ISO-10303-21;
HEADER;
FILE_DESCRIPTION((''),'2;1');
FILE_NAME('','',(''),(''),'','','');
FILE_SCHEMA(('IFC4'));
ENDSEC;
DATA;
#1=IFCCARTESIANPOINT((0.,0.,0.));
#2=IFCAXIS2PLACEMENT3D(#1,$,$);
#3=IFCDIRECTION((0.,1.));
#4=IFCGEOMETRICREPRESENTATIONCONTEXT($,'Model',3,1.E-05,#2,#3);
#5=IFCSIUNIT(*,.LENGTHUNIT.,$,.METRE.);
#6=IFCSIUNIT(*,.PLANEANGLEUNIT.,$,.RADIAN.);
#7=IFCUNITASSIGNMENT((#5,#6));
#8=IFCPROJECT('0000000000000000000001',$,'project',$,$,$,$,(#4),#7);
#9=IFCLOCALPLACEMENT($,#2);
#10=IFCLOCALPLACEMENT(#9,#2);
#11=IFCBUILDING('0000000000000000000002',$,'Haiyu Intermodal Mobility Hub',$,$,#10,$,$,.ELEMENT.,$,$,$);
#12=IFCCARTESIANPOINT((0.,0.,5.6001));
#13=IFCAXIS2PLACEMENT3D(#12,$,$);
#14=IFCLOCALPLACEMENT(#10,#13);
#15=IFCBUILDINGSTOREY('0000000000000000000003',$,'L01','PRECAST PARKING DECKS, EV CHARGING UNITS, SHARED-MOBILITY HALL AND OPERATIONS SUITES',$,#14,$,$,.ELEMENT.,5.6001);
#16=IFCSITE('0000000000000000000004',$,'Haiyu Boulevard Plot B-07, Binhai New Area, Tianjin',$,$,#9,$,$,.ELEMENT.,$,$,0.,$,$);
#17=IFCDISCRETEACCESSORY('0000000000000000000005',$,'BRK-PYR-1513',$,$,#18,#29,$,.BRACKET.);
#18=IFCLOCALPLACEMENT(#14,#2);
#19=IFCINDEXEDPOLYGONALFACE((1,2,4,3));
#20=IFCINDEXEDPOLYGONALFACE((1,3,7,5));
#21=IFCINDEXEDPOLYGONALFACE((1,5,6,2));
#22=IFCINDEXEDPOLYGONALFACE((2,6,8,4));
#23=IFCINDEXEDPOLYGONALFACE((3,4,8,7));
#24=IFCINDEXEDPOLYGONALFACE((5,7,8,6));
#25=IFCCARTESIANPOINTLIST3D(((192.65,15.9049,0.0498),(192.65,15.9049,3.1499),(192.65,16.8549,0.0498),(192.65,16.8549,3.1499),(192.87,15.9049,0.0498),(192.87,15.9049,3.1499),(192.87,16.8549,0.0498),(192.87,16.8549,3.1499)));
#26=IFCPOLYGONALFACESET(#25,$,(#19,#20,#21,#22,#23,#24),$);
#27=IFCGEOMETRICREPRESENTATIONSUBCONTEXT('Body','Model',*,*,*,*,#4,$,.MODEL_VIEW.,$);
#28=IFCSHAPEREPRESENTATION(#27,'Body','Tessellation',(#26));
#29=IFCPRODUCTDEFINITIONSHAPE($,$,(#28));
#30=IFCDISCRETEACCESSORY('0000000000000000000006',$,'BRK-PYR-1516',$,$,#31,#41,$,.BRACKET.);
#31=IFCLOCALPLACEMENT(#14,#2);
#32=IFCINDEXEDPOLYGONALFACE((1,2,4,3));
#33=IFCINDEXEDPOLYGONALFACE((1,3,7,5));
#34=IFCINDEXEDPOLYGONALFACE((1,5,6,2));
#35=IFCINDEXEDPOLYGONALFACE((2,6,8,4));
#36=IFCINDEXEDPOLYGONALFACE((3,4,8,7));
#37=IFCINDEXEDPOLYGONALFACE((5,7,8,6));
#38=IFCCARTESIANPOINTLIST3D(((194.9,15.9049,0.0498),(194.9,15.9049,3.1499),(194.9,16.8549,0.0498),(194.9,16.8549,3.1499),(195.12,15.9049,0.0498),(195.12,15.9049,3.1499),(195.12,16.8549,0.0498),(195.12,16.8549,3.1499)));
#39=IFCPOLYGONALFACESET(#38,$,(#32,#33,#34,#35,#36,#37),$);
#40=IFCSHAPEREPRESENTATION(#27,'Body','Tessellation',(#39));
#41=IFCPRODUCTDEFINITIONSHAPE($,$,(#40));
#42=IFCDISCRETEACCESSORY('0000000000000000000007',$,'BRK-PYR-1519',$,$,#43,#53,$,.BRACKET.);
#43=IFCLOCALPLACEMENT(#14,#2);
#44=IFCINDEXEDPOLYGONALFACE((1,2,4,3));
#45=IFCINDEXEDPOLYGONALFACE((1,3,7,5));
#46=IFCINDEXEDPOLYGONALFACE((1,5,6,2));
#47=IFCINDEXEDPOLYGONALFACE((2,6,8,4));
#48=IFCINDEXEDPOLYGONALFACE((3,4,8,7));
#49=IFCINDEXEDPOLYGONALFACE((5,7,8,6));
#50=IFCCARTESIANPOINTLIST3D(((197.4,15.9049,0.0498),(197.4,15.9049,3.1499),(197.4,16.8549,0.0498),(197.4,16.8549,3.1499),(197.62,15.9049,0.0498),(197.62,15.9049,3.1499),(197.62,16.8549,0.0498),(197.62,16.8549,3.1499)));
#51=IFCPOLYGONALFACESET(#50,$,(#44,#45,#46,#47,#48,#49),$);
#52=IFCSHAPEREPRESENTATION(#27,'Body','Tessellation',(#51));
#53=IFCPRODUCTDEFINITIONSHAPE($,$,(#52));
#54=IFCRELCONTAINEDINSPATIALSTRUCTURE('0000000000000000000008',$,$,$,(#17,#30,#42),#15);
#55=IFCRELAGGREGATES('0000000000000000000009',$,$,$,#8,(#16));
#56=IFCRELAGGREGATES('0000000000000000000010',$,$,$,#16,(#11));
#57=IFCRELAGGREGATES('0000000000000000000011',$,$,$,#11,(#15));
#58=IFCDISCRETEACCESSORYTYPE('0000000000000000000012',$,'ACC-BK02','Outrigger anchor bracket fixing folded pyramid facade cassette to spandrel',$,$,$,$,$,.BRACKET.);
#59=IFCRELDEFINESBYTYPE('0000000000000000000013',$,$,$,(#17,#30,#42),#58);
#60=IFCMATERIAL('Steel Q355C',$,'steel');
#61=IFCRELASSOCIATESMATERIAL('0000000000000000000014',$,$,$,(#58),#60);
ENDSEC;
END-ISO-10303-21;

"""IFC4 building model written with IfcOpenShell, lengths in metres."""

from ifc_helpers import new_model, si_unit, direction, frame, origin, origin_2d, place, context, subcontext, project, spatial, rectangle, extrude, material, type_object, element, save


model = new_model("IFC4")

# Units and contexts
model_context = context("Model", 3, precision=1e-05, world=origin(), true_north=direction((0.0, 1.0)))
body_context = subcontext(model_context, "Body", "Model", "MODEL_VIEW")
ifc_project = project(units=[si_unit("LENGTHUNIT", "METRE"), si_unit("PLANEANGLEUNIT", "RADIAN")], contexts=[model_context])

# Site, building, storey
site_placement = place(None, origin())
site = spatial("IfcSite", under=ifc_project, at=site_placement, Name="Haiyu Boulevard Plot B-07, Binhai New Area, Tianjin", CompositionType="ELEMENT", RefElevation=0.0)
building_placement = place(site_placement, origin())
building = spatial("IfcBuilding", under=site, at=building_placement, Name="Haiyu Intermodal Mobility Hub", CompositionType="ELEMENT")
storey_placement = place(building_placement, frame((0.0, 0.0, 5.6001)))
storey = spatial("IfcBuildingStorey", under=building, at=storey_placement, Name="L01", Description="PRECAST PARKING DECKS, EV CHARGING UNITS, SHARED-MOBILITY HALL AND OPERATIONS SUITES", CompositionType="ELEMENT", Elevation=5.6001)

# Shared definitions
ifc_material_1 = material(Name="Steel Q355C", Category="steel")

# Discrete accessories
discrete_accessory_type = type_object("IfcDiscreteAccessoryType", Name="ACC-BK02", Description="Outrigger anchor bracket fixing folded pyramid facade cassette to spandrel", PredefinedType="BRACKET", material=ifc_material_1)
for number, where, z_axis, x_axis, name in (
    (1, (192.76, 16.3799, 0.0498), (0.0, 0.0, 1.0), (1.0, 0.0, 0.0), "BRK-PYR-1513"),
    (2, (195.01, 16.3799, 0.0498), (0.0, 0.0, 1.0), (1.0, 0.0, 0.0), "BRK-PYR-1516"),
    (3, (197.51, 16.3799, 0.0498), (0.0, 0.0, 1.0), (1.0, 0.0, 0.0), "BRK-PYR-1519"),
):
    element("IfcDiscreteAccessory", number, at=place(storey_placement, frame(where, z_axis=z_axis, x_axis=x_axis)), inside=storey, type_object=discrete_accessory_type, Name=name, PredefinedType="BRACKET", context=body_context, shape_type="SweptSolid", body=[
        extrude(rectangle(XDim=0.22, YDim=0.95, at=origin_2d()), origin(), (0.0, 0.0, 1.0), 3.1001),
    ])

save(model, "model.ifc")
